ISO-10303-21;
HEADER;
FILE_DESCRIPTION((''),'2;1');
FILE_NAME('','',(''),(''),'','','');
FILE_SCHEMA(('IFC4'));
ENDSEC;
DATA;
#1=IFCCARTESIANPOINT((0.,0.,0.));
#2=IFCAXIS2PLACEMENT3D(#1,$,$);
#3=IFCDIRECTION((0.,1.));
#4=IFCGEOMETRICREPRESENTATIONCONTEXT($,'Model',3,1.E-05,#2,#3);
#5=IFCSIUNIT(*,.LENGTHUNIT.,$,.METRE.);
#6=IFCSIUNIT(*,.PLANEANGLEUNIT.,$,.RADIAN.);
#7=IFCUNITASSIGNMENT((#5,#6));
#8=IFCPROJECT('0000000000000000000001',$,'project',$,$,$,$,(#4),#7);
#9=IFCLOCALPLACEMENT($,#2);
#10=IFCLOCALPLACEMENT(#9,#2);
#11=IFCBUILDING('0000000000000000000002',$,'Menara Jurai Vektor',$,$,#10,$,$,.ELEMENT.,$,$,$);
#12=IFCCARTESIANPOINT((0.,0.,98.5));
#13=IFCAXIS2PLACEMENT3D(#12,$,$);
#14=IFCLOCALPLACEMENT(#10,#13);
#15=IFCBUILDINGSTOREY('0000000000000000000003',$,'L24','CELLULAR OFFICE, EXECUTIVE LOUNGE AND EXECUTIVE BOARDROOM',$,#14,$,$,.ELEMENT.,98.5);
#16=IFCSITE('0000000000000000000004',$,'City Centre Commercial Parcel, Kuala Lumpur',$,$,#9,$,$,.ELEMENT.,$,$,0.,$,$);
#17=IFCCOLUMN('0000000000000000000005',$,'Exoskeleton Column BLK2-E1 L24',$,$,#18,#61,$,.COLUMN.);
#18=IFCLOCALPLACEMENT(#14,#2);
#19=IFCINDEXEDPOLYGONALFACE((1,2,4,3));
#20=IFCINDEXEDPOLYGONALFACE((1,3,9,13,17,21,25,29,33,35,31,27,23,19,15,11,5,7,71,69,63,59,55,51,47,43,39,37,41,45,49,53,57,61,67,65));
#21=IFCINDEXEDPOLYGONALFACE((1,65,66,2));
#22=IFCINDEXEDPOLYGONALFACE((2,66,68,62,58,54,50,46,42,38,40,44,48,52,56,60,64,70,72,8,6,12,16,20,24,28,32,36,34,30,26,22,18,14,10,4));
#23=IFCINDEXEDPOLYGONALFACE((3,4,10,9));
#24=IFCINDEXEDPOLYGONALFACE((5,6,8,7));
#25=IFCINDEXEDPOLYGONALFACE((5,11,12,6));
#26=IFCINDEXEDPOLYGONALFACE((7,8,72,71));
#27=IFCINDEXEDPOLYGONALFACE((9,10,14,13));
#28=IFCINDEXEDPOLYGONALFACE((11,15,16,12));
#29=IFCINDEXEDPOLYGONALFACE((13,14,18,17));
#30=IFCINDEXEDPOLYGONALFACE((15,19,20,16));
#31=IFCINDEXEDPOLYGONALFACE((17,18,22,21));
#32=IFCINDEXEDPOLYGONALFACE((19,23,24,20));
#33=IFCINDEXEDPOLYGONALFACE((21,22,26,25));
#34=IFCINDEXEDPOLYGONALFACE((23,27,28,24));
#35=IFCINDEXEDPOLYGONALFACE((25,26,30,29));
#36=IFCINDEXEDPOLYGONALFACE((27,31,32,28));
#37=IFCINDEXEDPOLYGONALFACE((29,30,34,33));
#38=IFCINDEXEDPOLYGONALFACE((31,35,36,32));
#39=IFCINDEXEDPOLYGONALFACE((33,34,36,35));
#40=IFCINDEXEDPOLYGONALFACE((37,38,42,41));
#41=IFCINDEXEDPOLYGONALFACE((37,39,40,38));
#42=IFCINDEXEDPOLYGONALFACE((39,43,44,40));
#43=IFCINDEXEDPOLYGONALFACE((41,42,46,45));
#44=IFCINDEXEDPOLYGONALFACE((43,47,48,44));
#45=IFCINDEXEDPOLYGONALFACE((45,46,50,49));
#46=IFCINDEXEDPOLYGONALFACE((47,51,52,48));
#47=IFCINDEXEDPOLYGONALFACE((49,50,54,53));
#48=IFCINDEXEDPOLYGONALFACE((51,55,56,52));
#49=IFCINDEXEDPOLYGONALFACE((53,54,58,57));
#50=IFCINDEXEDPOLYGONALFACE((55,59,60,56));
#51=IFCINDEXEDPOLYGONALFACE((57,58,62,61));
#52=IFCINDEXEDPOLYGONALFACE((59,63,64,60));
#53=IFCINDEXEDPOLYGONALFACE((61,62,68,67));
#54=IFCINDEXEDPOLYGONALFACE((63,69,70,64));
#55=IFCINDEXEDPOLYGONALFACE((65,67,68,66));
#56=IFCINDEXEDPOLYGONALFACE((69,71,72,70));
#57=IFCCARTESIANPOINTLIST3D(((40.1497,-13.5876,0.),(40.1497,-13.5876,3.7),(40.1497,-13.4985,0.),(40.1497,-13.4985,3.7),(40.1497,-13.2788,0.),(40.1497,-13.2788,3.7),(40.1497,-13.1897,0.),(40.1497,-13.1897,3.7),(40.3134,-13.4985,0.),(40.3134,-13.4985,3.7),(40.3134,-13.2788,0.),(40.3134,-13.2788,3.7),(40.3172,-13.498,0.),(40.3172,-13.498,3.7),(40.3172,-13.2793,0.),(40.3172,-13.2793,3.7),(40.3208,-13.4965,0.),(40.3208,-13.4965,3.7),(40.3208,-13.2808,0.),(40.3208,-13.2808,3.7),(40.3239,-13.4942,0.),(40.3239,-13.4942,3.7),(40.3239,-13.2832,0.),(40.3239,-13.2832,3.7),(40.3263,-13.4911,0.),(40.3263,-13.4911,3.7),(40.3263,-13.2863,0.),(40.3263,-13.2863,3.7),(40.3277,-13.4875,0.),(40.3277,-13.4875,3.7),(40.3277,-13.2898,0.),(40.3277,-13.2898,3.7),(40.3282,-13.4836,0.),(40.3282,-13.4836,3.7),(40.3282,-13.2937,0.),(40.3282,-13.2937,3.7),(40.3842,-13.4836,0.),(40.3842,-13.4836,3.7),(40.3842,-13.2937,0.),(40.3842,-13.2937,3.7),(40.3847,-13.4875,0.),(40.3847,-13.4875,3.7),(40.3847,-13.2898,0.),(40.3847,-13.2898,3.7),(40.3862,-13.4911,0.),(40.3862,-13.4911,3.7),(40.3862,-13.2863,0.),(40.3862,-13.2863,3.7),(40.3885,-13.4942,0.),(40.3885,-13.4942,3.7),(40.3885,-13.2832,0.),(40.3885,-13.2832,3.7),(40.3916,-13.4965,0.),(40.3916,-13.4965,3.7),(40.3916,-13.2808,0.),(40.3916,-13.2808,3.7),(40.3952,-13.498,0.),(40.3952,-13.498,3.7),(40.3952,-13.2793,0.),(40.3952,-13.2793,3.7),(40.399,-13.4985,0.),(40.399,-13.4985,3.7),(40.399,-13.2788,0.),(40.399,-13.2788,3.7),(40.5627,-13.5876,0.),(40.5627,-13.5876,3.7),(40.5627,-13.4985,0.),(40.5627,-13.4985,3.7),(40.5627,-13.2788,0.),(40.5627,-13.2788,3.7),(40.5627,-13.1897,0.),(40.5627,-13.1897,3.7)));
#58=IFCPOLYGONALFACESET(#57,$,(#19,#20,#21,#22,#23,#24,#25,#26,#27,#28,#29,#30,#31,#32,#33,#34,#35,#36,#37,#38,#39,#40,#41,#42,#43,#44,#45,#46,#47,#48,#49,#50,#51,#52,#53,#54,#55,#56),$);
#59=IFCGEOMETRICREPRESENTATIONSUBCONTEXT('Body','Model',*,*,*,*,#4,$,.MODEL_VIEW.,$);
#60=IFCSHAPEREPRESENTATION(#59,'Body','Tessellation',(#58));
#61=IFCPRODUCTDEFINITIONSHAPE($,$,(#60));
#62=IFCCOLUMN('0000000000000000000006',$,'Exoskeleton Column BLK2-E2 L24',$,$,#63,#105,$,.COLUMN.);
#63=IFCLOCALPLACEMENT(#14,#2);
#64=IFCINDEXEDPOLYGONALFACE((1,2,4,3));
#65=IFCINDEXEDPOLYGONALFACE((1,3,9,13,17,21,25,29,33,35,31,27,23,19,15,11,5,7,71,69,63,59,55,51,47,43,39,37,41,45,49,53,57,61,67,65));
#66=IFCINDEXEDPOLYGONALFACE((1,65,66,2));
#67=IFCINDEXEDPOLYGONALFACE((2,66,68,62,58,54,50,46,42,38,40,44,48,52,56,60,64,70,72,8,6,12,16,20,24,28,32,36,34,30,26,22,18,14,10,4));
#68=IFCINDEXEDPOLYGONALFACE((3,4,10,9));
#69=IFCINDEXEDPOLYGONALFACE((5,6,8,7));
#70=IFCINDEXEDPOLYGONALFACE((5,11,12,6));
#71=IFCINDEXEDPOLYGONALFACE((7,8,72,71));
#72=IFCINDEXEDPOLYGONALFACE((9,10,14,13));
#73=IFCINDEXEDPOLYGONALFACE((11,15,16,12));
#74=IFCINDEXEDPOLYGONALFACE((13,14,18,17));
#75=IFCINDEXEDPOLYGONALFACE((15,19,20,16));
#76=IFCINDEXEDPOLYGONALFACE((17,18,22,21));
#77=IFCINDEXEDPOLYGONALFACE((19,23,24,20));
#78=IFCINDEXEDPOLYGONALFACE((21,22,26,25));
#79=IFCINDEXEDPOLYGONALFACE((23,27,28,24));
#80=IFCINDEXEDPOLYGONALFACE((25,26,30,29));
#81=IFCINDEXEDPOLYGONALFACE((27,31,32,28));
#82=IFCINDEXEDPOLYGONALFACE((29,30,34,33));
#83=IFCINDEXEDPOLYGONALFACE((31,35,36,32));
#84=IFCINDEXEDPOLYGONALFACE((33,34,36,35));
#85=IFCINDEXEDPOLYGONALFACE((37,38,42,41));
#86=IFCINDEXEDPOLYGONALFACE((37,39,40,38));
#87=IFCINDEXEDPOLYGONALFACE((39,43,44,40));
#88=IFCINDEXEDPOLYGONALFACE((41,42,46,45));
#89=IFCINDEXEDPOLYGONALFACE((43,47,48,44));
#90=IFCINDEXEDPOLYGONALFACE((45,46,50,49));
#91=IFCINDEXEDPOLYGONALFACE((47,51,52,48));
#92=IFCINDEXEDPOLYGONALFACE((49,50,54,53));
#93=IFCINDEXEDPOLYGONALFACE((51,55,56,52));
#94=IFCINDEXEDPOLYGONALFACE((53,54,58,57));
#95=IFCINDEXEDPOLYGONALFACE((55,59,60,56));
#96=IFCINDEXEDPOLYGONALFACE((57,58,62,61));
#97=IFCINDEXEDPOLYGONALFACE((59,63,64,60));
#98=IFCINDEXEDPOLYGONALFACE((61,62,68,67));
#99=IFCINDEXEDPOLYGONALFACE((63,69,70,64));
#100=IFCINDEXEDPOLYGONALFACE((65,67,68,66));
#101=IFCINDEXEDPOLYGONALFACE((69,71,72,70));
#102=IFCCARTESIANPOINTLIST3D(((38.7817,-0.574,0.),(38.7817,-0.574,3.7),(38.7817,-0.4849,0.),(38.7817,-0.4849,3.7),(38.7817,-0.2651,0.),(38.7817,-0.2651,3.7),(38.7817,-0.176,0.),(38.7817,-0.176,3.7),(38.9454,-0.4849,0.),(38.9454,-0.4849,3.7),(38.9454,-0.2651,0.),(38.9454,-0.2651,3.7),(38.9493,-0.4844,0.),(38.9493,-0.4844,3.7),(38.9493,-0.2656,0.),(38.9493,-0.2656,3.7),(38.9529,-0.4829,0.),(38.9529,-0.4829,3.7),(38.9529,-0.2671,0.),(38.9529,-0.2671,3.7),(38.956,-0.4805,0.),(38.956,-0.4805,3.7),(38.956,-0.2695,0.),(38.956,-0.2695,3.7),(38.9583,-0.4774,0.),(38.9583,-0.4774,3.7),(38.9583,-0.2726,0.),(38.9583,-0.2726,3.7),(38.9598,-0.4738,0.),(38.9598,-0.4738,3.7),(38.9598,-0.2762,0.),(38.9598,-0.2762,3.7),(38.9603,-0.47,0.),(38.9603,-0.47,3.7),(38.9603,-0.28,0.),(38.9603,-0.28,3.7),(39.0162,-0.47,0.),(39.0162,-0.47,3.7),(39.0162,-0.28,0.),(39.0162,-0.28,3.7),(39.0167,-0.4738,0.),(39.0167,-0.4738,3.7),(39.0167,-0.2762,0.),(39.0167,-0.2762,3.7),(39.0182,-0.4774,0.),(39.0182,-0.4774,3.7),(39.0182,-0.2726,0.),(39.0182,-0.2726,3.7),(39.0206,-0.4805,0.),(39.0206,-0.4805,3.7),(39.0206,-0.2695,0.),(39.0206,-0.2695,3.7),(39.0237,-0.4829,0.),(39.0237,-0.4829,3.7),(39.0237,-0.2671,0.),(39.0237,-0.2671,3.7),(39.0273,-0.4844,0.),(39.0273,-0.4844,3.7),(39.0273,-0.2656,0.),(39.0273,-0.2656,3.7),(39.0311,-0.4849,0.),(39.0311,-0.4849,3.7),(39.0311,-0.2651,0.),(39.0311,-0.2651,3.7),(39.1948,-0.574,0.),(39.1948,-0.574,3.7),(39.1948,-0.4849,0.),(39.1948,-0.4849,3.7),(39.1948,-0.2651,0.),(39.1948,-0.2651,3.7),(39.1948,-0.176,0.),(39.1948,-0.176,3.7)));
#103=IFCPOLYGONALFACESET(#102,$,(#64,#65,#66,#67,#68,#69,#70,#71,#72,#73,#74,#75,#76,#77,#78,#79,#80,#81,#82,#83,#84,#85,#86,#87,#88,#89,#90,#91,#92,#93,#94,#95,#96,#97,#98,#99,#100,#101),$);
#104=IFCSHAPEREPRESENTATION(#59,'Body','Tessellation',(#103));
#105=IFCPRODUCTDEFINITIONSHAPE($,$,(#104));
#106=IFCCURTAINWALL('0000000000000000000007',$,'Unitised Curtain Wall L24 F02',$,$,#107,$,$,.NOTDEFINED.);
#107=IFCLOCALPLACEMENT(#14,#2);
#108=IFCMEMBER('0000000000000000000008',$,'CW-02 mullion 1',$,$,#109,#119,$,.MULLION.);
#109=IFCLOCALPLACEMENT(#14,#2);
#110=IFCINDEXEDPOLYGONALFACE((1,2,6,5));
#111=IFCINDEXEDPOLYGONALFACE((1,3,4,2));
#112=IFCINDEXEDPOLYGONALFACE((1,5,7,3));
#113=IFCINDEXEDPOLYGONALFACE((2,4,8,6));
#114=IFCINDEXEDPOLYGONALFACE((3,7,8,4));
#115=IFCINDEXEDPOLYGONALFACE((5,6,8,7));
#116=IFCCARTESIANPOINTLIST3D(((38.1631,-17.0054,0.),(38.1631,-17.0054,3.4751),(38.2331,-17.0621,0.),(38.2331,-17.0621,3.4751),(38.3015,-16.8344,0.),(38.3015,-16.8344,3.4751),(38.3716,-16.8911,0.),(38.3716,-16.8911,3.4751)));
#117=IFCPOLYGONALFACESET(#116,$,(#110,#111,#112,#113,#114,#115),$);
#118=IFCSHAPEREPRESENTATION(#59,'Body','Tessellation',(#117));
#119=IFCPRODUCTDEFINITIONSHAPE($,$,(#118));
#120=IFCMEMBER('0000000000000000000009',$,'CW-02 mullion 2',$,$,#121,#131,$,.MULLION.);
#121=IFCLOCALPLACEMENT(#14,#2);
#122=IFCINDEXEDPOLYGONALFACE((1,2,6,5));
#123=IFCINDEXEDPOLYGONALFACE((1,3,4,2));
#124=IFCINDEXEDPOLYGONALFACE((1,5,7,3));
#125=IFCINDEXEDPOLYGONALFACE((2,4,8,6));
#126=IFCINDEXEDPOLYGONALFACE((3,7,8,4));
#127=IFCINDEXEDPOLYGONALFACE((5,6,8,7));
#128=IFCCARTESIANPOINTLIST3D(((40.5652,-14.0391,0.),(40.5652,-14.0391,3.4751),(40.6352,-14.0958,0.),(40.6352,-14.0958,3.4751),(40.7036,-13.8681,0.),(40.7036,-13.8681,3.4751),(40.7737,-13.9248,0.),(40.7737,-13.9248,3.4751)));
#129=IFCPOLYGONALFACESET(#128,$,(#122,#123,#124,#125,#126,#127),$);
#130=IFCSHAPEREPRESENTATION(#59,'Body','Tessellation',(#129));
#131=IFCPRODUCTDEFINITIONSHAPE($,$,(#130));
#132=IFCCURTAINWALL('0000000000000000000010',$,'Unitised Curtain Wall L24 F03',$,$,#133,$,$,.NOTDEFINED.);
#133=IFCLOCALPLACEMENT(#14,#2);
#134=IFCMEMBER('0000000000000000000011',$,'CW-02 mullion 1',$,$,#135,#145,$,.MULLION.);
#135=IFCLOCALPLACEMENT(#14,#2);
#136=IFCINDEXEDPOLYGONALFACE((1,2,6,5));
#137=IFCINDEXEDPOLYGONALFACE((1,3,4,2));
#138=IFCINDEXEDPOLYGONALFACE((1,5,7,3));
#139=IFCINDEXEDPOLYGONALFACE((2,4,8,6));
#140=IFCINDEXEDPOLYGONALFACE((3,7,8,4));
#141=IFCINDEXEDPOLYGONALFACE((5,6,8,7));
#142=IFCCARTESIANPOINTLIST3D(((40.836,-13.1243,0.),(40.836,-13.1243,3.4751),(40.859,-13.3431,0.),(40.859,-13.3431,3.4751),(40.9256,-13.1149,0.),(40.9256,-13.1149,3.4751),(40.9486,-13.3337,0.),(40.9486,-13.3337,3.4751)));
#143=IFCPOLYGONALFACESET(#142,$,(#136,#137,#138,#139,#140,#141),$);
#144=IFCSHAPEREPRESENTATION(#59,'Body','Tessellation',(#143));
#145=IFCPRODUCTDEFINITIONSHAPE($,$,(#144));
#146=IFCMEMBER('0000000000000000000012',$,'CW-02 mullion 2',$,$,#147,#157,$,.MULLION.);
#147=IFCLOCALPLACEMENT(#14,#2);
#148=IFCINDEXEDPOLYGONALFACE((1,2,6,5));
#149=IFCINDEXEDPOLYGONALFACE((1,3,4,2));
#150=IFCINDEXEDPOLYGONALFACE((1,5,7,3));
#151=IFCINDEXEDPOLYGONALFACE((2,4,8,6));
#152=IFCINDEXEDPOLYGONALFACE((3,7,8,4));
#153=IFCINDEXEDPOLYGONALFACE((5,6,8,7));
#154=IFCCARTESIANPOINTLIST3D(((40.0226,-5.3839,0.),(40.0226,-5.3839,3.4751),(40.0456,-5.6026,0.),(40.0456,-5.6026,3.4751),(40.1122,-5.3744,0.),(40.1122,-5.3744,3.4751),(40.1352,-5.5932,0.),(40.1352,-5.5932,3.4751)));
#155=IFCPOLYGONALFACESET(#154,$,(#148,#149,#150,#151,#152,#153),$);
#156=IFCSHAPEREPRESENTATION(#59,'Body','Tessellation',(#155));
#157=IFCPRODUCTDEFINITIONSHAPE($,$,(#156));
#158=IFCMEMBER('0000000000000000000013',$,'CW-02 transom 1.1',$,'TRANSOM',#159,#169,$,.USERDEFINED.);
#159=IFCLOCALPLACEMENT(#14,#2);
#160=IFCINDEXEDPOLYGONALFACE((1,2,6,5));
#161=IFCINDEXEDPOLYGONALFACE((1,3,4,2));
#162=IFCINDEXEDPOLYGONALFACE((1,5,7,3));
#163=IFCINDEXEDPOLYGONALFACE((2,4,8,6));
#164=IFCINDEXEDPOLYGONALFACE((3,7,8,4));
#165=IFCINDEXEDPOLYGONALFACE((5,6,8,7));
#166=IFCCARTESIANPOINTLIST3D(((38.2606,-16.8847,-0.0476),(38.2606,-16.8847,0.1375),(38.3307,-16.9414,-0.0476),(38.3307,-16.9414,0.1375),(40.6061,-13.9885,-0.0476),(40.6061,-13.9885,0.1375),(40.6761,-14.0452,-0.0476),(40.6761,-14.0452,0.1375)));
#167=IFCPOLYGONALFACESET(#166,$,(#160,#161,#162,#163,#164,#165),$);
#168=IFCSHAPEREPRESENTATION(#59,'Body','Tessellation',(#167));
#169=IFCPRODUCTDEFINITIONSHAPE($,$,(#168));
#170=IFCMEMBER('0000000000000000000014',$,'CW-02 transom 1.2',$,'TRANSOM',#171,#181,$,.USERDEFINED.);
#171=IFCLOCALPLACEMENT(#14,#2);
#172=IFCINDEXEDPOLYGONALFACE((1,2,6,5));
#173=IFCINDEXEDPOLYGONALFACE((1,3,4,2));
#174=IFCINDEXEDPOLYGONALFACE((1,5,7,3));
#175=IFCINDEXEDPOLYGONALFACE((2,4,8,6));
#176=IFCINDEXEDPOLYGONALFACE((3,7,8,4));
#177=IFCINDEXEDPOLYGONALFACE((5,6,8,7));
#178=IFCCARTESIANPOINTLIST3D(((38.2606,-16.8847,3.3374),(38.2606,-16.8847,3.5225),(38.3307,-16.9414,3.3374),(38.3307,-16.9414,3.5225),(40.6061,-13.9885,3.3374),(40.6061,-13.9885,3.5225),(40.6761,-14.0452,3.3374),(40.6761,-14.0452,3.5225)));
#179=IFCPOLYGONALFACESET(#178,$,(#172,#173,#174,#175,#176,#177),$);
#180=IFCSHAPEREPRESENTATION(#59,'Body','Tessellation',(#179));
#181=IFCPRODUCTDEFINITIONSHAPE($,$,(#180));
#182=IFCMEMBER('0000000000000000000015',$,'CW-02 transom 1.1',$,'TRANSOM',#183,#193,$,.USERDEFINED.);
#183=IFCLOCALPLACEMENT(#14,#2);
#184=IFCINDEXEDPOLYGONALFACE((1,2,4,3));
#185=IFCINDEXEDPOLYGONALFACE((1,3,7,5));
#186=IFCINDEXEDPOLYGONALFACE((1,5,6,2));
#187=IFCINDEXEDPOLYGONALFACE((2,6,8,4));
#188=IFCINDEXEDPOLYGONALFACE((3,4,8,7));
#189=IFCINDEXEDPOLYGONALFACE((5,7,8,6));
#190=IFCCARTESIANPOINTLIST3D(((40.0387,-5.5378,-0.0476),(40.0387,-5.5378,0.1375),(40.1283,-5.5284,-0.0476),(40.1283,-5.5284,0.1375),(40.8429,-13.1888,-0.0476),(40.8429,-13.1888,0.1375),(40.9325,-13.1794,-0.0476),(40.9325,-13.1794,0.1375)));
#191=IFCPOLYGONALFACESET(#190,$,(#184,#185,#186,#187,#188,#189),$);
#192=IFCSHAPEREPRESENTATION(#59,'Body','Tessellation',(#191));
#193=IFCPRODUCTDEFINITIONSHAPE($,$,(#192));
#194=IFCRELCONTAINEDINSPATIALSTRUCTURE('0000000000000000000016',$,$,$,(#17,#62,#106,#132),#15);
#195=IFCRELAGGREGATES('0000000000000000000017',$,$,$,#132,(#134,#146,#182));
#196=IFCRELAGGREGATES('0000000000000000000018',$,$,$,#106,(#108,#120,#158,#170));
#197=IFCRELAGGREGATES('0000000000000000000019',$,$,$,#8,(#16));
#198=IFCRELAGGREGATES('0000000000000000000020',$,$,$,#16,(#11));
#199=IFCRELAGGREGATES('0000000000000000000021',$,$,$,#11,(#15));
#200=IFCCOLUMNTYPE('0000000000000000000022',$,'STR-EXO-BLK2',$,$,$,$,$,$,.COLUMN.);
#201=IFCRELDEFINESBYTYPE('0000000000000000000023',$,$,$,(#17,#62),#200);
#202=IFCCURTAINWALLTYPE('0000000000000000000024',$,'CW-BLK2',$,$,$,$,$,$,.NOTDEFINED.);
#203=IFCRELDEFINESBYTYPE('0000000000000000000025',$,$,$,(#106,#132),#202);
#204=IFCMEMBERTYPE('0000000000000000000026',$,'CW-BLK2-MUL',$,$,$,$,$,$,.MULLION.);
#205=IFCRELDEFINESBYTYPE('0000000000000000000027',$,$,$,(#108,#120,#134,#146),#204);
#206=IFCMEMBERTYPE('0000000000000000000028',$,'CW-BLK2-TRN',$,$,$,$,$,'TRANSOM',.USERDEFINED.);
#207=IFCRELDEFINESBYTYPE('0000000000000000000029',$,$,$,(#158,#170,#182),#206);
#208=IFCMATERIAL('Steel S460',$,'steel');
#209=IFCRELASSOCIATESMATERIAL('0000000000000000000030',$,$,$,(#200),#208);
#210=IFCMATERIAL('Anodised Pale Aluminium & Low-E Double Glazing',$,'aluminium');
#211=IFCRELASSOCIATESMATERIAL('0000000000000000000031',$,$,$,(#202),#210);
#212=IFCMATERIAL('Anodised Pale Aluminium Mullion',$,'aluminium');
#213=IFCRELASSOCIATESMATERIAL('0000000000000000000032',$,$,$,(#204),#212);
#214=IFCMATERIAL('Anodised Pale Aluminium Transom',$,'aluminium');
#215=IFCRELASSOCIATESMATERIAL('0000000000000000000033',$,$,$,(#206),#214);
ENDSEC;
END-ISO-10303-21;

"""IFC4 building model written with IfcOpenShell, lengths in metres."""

from ifc_helpers import new_model, si_unit, direction, frame, origin, origin_2d, place, context, subcontext, project, spatial, rectangle, i_section, extrude, material, material_profile, profile_set, type_object, element, aggregate, save


model = new_model("IFC4")

# Units and contexts
model_context = context("Model", 3, precision=1e-05, world=origin(), true_north=direction((0.0, 1.0)))
body_context = subcontext(model_context, "Body", "Model", "MODEL_VIEW")
ifc_project = project(units=[si_unit("LENGTHUNIT", "METRE"), si_unit("PLANEANGLEUNIT", "RADIAN")], contexts=[model_context])

# Site, building, storey
site_placement = place(None, origin())
site = spatial("IfcSite", under=ifc_project, at=site_placement, Name="City Centre Commercial Parcel, Kuala Lumpur", CompositionType="ELEMENT", RefElevation=0.0)
building_placement = place(site_placement, origin())
building = spatial("IfcBuilding", under=site, at=building_placement, Name="Menara Jurai Vektor", CompositionType="ELEMENT")
storey_placement = place(building_placement, frame((0.0, 0.0, 98.5)))
storey = spatial("IfcBuildingStorey", under=building, at=storey_placement, Name="L24", Description="CELLULAR OFFICE, EXECUTIVE LOUNGE AND EXECUTIVE BOARDROOM", CompositionType="ELEMENT", Elevation=98.5)

# Columns
ifc_material_1 = material(Name="Steel S460", Category="steel")
ifc_material_profile_1 = material_profile(ifc_material_1, i_section(OverallWidth=0.4131, OverallDepth=0.3979, WebThickness=0.0559, FlangeThickness=0.0891, FilletRadius=0.0149, at=origin_2d()), Name="HD 400x744")
ifc_profile_set_1 = profile_set([ifc_material_profile_1], Name="Steel S460")
column_type = type_object("IfcColumnType", Name="STR-EXO-BLK2", PredefinedType="COLUMN", material=ifc_profile_set_1)
for number, where, z_axis, x_axis, name in (
    (1, (40.3562, -13.3887, 0.0), (0.0, 0.0, 1.0), (1.0, 0.0, 0.0), "Exoskeleton Column BLK2-E1 L24"),
    (2, (38.9883, -0.375, 0.0), (0.0, 0.0, 1.0), (1.0, 0.0, 0.0), "Exoskeleton Column BLK2-E2 L24"),
):
    element("IfcColumn", number, at=place(storey_placement, frame(where, z_axis=z_axis, x_axis=x_axis)), inside=storey, type_object=column_type, Name=name, PredefinedType="COLUMN", context=body_context, shape_type="SweptSolid", body=[
        extrude(i_section(OverallWidth=0.4131, OverallDepth=0.3979, WebThickness=0.0559, FlangeThickness=0.0891, FilletRadius=0.0149, at=origin_2d()), origin(), (0.0, 0.0, 1.0), 3.7),
    ])

# Curtain walls, members
ifc_material_2 = material(Name="Anodised Pale Aluminium & Low-E Double Glazing", Category="aluminium")
curtain_wall_type = type_object("IfcCurtainWallType", Name="CW-BLK2", PredefinedType="NOTDEFINED", material=ifc_material_2)
curtain_wall_1_placement = place(storey_placement, origin())
curtain_wall_1 = element("IfcCurtainWall", 3, at=curtain_wall_1_placement, inside=storey, type_object=curtain_wall_type, Name="Unitised Curtain Wall L24 F02", PredefinedType="NOTDEFINED")
ifc_material_3 = material(Name="Anodised Pale Aluminium Mullion", Category="aluminium")
ifc_material_profile_2 = material_profile(ifc_material_3, rectangle(XDim=0.0901, YDim=0.22, at=origin_2d()), Name="ALU MUL 90x220")
ifc_profile_set_2 = profile_set([ifc_material_profile_2], Name="Anodised Pale Aluminium Mullion")
member_type_1 = type_object("IfcMemberType", Name="CW-BLK2-MUL", PredefinedType="MULLION", material=ifc_profile_set_2)
member_1_placement = place(storey_placement, frame((38.2673, -16.9482, 0.0), z_axis=(0.0, 0.0, 1.0), x_axis=(-0.777129, 0.629341, 0.0)))
member_1 = element("IfcMember", 4, at=member_1_placement, type_object=member_type_1, Name="CW-02 mullion 1", PredefinedType="MULLION", context=body_context, shape_type="SweptSolid", body=[
    extrude(rectangle(XDim=0.0901, YDim=0.22, at=origin_2d()), origin(), (0.0, 0.0, 1.0), 3.4751),
])
member_2_placement = place(storey_placement, frame((40.6694, -13.9819, 0.0), z_axis=(0.0, 0.0, 1.0), x_axis=(-0.777129, 0.629341, 0.0)))
member_2 = element("IfcMember", 5, at=member_2_placement, type_object=member_type_1, Name="CW-02 mullion 2", PredefinedType="MULLION", context=body_context, shape_type="SweptSolid", body=[
    extrude(rectangle(XDim=0.0901, YDim=0.22, at=origin_2d()), origin(), (0.0, 0.0, 1.0), 3.4751),
])
curtain_wall_2_placement = place(storey_placement, origin())
curtain_wall_2 = element("IfcCurtainWall", 6, at=curtain_wall_2_placement, inside=storey, type_object=curtain_wall_type, Name="Unitised Curtain Wall L24 F03", PredefinedType="NOTDEFINED")
member_3_placement = place(storey_placement, frame((40.8923, -13.229, 0.0), z_axis=(0.0, 0.0, 1.0), x_axis=(-0.994522, -0.10453, 0.0)))
member_3 = element("IfcMember", 7, at=member_3_placement, type_object=member_type_1, Name="CW-02 mullion 1", PredefinedType="MULLION", context=body_context, shape_type="SweptSolid", body=[
    extrude(rectangle(XDim=0.0901, YDim=0.22, at=origin_2d()), origin(), (0.0, 0.0, 1.0), 3.4751),
])
member_4_placement = place(storey_placement, frame((40.0789, -5.4885, 0.0), z_axis=(0.0, 0.0, 1.0), x_axis=(-0.994522, -0.10453, 0.0)))
member_4 = element("IfcMember", 8, at=member_4_placement, type_object=member_type_1, Name="CW-02 mullion 2", PredefinedType="MULLION", context=body_context, shape_type="SweptSolid", body=[
    extrude(rectangle(XDim=0.0901, YDim=0.22, at=origin_2d()), origin(), (0.0, 0.0, 1.0), 3.4751),
])

# Members
ifc_material_4 = material(Name="Anodised Pale Aluminium Transom", Category="aluminium")
ifc_material_profile_3 = material_profile(ifc_material_4, rectangle(XDim=0.0901, YDim=0.1851, at=origin_2d()), Name="ALU TRN 90x185")
ifc_profile_set_3 = profile_set([ifc_material_profile_3], Name="Anodised Pale Aluminium Transom")
member_type_2 = type_object("IfcMemberType", Name="CW-BLK2-TRN", ElementType="TRANSOM", PredefinedType="USERDEFINED", material=ifc_profile_set_3)
member_5_placement = place(storey_placement, frame((38.2957, -16.9131, 0.0449), z_axis=(0.629341, 0.777129, 0.0), x_axis=(-0.777129, 0.629341, 0.0)))
member_5 = element("IfcMember", 9, at=member_5_placement, type_object=member_type_2, Name="CW-02 transom 1.1", ObjectType="TRANSOM", PredefinedType="USERDEFINED", context=body_context, shape_type="SweptSolid", body=[
    extrude(rectangle(XDim=0.0901, YDim=0.1851, at=origin_2d()), origin(), (0.0, 0.0, 1.0), 3.7268),
])
member_6_placement = place(storey_placement, frame((38.2957, -16.9131, 3.4299), z_axis=(0.629341, 0.777129, 0.0), x_axis=(-0.777129, 0.629341, 0.0)))
member_6 = element("IfcMember", 10, at=member_6_placement, type_object=member_type_2, Name="CW-02 transom 1.2", ObjectType="TRANSOM", PredefinedType="USERDEFINED", context=body_context, shape_type="SweptSolid", body=[
    extrude(rectangle(XDim=0.0901, YDim=0.1851, at=origin_2d()), origin(), (0.0, 0.0, 1.0), 3.7268),
])
member_7_placement = place(storey_placement, frame((40.8877, -13.1841, 0.0449), z_axis=(-0.104536, 0.994521, 0.0), x_axis=(-0.994521, -0.104536, 0.0)))
member_7 = element("IfcMember", 11, at=member_7_placement, type_object=member_type_2, Name="CW-02 transom 1.1", ObjectType="TRANSOM", PredefinedType="USERDEFINED", context=body_context, shape_type="SweptSolid", body=[
    extrude(rectangle(XDim=0.0901, YDim=0.1851, at=origin_2d()), origin(), (0.0, 0.0, 1.0), 7.6931),
])

aggregate(curtain_wall_2, [member_3, member_4, member_7])
aggregate(curtain_wall_1, [member_1, member_2, member_5, member_6])

save(model, "model.ifc")
